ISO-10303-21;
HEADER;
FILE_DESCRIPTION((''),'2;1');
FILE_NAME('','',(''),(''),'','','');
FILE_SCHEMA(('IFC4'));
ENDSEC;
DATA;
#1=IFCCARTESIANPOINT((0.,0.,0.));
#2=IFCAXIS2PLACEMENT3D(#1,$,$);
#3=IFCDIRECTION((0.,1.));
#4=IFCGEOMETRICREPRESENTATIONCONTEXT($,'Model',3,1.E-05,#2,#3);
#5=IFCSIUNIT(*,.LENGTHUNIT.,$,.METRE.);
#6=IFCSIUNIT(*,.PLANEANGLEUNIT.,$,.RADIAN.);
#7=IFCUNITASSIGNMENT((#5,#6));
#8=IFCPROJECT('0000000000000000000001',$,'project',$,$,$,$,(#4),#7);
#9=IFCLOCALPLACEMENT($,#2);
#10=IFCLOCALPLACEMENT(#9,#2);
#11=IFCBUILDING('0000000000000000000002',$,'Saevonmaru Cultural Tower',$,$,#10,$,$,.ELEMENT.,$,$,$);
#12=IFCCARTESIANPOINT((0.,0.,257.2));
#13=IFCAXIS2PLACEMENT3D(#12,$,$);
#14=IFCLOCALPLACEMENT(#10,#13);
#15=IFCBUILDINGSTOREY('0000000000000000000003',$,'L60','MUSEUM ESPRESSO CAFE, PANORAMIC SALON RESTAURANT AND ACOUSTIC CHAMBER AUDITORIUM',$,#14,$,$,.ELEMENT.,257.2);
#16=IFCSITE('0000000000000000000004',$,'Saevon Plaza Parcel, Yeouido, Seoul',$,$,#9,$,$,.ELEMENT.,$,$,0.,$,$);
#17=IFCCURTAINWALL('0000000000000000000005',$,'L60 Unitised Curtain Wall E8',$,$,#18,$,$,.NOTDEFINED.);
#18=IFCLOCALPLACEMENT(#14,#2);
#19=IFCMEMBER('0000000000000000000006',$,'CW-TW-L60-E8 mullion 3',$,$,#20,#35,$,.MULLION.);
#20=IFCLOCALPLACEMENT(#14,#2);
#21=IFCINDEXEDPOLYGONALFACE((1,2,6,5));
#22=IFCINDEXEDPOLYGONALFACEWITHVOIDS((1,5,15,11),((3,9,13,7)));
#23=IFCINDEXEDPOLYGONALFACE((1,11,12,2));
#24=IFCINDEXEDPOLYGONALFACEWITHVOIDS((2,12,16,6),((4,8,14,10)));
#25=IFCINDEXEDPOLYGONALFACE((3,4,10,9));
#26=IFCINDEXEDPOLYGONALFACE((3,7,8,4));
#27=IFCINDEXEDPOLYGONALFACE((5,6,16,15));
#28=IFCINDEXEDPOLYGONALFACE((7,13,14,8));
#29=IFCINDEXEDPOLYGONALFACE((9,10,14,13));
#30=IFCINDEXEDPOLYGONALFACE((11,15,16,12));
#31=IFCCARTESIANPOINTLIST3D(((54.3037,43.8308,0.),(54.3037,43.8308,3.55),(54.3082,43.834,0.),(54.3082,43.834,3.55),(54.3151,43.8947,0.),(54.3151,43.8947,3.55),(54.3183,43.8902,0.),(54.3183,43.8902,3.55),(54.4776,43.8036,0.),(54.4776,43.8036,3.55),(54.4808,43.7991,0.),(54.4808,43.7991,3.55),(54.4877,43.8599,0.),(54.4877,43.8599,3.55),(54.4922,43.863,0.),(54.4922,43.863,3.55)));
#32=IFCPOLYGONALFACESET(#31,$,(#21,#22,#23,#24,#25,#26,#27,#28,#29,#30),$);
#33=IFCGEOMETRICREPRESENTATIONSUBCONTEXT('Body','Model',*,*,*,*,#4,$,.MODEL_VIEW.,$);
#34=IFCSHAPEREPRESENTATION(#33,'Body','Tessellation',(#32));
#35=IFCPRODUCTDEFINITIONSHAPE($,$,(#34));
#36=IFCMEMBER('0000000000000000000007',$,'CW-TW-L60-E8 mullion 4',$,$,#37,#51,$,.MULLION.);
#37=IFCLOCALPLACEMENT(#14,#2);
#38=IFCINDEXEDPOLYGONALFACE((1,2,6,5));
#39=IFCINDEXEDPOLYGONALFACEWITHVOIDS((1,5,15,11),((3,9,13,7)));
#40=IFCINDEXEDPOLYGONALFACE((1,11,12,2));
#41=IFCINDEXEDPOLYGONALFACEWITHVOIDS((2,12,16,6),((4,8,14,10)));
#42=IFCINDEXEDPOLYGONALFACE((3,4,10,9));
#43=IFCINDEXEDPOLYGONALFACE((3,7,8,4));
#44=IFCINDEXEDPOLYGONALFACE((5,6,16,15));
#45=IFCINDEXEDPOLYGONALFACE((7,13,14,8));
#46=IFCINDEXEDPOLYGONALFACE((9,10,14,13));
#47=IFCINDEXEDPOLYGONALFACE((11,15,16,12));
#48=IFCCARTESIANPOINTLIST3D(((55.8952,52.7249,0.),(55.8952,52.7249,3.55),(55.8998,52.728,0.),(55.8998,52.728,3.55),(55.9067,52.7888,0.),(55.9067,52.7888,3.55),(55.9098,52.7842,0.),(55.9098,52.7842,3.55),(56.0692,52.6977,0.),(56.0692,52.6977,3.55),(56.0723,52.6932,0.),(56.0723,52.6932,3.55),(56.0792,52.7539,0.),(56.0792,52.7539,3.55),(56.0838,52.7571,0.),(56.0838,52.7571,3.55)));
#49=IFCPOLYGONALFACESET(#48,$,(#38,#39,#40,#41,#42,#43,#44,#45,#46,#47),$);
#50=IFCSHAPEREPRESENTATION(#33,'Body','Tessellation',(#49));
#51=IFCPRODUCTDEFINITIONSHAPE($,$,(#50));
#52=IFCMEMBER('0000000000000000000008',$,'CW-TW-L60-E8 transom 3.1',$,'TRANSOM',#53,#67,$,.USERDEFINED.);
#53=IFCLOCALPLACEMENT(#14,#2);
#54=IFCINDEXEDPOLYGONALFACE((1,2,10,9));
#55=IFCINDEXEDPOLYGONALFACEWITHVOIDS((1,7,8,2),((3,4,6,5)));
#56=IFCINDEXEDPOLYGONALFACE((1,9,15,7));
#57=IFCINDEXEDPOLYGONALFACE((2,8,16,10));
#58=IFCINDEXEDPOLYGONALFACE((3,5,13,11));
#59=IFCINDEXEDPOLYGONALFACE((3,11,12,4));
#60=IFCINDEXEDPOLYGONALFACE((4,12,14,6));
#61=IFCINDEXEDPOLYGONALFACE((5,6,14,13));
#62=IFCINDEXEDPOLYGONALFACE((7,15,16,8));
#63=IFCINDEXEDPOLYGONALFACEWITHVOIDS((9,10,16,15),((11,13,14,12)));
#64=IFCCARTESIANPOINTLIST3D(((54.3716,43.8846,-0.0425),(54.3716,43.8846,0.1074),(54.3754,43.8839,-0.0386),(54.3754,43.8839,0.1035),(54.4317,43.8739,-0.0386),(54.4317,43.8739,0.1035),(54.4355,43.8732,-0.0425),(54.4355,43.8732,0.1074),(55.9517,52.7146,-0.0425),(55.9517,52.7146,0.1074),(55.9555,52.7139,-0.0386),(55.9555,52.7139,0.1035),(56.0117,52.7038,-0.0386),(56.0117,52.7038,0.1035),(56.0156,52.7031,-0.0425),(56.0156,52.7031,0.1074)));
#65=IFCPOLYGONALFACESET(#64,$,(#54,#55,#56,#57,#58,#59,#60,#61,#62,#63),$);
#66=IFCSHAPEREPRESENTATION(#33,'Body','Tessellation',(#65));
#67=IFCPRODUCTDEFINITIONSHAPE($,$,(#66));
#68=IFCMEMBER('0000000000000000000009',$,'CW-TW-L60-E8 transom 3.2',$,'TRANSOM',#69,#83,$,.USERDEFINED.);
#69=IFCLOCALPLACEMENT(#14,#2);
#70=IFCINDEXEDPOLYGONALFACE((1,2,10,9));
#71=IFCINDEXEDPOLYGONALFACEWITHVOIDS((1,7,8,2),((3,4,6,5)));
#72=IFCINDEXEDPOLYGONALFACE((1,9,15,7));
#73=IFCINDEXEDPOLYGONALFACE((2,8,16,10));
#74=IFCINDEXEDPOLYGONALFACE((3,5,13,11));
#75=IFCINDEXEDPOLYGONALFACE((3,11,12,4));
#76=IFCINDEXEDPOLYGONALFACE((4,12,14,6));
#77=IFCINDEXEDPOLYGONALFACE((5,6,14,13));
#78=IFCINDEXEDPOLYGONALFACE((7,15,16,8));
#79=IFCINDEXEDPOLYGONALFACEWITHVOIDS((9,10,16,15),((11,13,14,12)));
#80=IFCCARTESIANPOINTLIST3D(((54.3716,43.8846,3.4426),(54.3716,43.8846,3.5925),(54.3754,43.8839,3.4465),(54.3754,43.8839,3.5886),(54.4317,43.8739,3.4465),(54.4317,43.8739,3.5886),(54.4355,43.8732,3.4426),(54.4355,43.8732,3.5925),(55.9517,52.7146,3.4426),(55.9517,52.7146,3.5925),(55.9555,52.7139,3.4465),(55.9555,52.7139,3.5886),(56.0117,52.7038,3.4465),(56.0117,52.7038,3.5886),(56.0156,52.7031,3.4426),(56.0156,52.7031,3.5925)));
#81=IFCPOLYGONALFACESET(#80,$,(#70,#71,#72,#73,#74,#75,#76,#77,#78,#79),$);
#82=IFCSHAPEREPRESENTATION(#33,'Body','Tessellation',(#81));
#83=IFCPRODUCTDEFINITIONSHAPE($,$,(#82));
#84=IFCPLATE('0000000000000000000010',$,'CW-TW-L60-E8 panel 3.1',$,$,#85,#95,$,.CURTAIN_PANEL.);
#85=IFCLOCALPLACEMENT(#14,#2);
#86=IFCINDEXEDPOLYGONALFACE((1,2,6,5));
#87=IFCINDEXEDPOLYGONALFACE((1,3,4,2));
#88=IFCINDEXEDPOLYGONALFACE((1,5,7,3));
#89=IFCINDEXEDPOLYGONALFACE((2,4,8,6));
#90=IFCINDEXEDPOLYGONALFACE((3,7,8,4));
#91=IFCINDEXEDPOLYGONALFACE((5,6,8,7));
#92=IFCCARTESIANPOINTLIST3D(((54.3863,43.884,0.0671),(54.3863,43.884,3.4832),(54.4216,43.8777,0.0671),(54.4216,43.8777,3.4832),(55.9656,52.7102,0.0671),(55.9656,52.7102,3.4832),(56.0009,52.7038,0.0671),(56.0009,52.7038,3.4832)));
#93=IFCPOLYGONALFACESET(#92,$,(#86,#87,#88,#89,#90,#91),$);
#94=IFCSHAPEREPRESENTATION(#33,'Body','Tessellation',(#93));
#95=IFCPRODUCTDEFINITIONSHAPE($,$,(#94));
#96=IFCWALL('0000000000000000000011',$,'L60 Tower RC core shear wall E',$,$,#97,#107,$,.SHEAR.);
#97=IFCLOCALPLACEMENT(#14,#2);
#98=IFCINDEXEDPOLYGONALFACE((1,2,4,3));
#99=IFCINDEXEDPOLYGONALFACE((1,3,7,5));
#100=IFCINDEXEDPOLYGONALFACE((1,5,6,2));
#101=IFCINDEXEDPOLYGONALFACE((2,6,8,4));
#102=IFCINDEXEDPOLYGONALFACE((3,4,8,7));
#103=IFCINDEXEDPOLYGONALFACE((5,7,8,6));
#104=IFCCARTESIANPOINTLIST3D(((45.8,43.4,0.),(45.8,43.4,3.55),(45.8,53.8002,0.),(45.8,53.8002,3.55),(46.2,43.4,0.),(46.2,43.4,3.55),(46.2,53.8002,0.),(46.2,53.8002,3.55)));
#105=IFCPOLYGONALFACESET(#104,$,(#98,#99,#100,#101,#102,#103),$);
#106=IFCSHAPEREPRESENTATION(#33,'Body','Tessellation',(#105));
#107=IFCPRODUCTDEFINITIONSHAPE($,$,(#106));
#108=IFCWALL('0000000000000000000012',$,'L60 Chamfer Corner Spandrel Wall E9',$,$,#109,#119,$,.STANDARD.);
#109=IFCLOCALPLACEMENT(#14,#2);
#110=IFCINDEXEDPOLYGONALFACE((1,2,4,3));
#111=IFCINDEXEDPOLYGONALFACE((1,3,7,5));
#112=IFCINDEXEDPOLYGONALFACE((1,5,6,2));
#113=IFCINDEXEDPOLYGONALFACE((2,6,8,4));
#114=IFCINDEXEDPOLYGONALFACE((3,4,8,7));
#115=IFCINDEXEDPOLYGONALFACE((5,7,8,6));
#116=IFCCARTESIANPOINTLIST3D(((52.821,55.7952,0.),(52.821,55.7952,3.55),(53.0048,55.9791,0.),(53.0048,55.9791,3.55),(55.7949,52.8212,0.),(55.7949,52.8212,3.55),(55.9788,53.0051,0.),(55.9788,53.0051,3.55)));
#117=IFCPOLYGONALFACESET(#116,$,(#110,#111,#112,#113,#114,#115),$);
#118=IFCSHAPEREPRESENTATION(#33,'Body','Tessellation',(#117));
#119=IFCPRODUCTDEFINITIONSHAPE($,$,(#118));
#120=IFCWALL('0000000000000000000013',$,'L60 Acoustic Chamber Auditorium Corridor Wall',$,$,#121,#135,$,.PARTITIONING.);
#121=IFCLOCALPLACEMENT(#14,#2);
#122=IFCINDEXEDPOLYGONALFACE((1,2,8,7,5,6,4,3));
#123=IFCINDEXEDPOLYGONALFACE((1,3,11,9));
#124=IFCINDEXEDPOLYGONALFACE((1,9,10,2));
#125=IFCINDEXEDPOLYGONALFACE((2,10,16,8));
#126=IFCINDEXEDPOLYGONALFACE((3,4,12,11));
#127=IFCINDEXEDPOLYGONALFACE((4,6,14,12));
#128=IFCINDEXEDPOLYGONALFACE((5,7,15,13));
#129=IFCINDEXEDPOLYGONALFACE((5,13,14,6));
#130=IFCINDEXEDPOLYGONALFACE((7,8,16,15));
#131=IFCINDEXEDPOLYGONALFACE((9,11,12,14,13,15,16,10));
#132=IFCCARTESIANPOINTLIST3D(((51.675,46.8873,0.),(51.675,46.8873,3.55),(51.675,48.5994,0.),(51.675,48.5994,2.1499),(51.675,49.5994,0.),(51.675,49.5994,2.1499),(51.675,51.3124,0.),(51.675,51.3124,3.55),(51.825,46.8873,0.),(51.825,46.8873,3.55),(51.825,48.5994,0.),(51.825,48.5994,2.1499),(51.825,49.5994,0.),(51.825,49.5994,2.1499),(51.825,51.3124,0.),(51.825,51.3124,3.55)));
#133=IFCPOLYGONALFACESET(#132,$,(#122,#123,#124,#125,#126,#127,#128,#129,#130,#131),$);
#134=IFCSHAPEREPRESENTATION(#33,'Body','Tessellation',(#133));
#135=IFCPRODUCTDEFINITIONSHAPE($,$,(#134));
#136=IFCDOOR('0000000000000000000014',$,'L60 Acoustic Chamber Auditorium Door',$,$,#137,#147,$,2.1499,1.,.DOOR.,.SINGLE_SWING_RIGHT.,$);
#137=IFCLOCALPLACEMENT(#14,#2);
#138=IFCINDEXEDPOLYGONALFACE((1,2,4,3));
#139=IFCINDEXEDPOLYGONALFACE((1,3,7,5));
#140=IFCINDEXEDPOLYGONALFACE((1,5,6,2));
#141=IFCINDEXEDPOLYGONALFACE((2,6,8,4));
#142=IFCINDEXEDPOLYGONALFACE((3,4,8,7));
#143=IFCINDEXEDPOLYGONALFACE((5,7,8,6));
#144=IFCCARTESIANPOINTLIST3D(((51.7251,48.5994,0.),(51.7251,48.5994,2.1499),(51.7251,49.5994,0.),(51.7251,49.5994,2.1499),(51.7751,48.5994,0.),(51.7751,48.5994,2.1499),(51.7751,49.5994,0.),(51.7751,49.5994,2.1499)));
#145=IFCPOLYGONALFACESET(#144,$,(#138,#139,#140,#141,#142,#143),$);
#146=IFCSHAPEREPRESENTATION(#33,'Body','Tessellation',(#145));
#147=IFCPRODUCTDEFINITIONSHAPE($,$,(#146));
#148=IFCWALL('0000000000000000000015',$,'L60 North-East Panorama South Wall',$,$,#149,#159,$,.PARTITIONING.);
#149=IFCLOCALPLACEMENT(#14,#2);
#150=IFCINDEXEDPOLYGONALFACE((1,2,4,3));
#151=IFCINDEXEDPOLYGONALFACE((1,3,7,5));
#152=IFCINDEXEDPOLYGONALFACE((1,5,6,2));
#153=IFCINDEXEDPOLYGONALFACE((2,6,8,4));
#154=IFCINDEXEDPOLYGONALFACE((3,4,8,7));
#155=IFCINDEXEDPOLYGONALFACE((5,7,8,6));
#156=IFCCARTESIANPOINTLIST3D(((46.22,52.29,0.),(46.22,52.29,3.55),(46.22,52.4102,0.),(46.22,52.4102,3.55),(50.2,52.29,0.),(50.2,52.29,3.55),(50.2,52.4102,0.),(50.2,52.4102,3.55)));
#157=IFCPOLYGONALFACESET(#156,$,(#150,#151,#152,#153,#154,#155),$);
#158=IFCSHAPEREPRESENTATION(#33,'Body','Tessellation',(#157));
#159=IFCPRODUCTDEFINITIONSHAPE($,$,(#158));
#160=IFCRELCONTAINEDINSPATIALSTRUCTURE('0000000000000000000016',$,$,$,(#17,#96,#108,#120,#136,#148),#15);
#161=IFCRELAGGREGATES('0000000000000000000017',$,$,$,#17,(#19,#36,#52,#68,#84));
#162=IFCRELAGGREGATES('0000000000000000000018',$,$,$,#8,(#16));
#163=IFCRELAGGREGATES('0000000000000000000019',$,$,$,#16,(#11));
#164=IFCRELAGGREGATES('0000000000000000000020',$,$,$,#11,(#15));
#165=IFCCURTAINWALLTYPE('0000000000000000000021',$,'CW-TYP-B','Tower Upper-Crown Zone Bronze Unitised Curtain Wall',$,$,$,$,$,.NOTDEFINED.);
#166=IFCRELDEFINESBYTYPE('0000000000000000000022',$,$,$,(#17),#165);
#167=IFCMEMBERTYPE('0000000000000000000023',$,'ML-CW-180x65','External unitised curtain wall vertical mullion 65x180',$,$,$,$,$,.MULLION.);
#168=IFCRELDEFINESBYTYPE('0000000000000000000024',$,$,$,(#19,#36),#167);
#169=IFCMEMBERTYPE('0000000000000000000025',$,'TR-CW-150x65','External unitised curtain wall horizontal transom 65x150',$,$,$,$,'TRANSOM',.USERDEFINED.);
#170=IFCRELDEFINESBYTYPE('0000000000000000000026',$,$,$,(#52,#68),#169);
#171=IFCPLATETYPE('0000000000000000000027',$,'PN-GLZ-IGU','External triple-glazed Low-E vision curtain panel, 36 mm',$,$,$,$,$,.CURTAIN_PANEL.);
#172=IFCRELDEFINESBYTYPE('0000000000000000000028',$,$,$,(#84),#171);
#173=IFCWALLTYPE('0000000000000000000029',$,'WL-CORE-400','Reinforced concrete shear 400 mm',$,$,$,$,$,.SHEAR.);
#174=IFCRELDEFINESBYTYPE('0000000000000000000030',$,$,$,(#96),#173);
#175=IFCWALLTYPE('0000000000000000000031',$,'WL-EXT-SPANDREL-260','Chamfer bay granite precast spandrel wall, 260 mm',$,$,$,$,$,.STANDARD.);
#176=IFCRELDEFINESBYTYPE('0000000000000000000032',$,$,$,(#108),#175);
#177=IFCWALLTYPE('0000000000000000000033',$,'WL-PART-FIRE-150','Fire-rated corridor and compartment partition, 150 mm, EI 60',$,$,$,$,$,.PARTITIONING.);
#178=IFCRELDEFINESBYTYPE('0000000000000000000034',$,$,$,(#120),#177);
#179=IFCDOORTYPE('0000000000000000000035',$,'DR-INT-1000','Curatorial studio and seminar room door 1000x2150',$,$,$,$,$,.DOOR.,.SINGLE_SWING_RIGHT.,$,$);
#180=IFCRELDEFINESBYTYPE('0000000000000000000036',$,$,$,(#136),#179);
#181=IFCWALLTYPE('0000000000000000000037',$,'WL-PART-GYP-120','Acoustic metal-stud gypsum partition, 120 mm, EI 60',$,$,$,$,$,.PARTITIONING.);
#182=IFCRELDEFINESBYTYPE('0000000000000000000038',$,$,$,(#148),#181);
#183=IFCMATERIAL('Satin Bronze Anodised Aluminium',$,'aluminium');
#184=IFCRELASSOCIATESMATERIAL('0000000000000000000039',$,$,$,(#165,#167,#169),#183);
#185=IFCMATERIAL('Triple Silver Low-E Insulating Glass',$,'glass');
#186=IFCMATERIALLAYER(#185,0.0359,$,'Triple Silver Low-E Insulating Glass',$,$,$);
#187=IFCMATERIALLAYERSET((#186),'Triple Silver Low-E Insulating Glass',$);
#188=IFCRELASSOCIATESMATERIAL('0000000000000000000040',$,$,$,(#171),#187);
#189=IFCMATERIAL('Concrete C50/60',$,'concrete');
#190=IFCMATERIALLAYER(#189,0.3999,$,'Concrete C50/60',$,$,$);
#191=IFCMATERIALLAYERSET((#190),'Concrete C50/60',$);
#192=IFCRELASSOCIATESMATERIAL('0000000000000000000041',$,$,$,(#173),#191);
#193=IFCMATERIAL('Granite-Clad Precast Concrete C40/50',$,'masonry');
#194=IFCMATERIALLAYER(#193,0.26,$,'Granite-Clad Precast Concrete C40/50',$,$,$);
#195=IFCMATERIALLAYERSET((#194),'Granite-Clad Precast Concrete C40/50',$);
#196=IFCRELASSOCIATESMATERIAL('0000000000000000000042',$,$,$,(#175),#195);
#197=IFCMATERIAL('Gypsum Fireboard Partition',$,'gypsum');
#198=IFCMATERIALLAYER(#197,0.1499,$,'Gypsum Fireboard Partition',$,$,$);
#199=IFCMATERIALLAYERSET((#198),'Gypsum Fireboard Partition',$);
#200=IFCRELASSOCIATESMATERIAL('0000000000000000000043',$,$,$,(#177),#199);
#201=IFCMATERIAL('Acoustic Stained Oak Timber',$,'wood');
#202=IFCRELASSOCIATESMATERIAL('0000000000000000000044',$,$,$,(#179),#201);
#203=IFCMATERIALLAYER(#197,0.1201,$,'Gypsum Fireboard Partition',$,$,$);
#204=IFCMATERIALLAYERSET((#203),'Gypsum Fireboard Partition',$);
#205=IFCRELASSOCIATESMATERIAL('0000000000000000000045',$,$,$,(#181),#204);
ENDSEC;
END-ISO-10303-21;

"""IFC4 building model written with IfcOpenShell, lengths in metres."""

from ifc_helpers import new_model, si_unit, direction, frame, frame_2d, origin, origin_2d, place, context, subcontext, project, spatial, rectangle, hollow_rectangle, extrude, material, layer, layer_set, material_profile, profile_set, type_object, element, fill, aggregate, save


model = new_model("IFC4")

# Units and contexts
model_context = context("Model", 3, precision=1e-05, world=origin(), true_north=direction((0.0, 1.0)))
body_context = subcontext(model_context, "Body", "Model", "MODEL_VIEW")
ifc_project = project(units=[si_unit("LENGTHUNIT", "METRE"), si_unit("PLANEANGLEUNIT", "RADIAN")], contexts=[model_context])

# Site, building, storey
site_placement = place(None, origin())
site = spatial("IfcSite", under=ifc_project, at=site_placement, Name="Saevon Plaza Parcel, Yeouido, Seoul", CompositionType="ELEMENT", RefElevation=0.0)
building_placement = place(site_placement, origin())
building = spatial("IfcBuilding", under=site, at=building_placement, Name="Saevonmaru Cultural Tower", CompositionType="ELEMENT")
storey_placement = place(building_placement, frame((0.0, 0.0, 257.2)))
storey = spatial("IfcBuildingStorey", under=building, at=storey_placement, Name="L60", Description="MUSEUM ESPRESSO CAFE, PANORAMIC SALON RESTAURANT AND ACOUSTIC CHAMBER AUDITORIUM", CompositionType="ELEMENT", Elevation=257.2)

# Curtain wall, members, plate
ifc_material_1 = material(Name="Satin Bronze Anodised Aluminium", Category="aluminium")
curtain_wall_type = type_object("IfcCurtainWallType", Name="CW-TYP-B", Description="Tower Upper-Crown Zone Bronze Unitised Curtain Wall", PredefinedType="NOTDEFINED", material=ifc_material_1)
curtain_wall_placement = place(storey_placement, origin())
curtain_wall = element("IfcCurtainWall", 1, at=curtain_wall_placement, inside=storey, type_object=curtain_wall_type, Name="L60 Unitised Curtain Wall E8", PredefinedType="NOTDEFINED")
ifc_material_profile_1 = material_profile(ifc_material_1, hollow_rectangle(XDim=0.0649, YDim=0.1799, WallThickness=0.0039, at=origin_2d()), Name="ALU-MULL-180x65x4")
ifc_profile_set_1 = profile_set([ifc_material_profile_1], Name="Satin Bronze Anodised Aluminium")
member_type_1 = type_object("IfcMemberType", Name="ML-CW-180x65", Description="External unitised curtain wall vertical mullion 65x180", PredefinedType="MULLION", material=ifc_profile_set_1)
member_1_placement = place(storey_placement, frame((54.3979, 43.8469, 0.0), z_axis=(0.0, 0.0, 1.0), x_axis=(0.176141, 0.984365, 0.0)))
member_1 = element("IfcMember", 2, at=member_1_placement, type_object=member_type_1, Name="CW-TW-L60-E8 mullion 3", PredefinedType="MULLION", context=body_context, shape_type="SweptSolid", body=[
    extrude(hollow_rectangle(XDim=0.0649, YDim=0.1799, WallThickness=0.0039, at=origin_2d()), origin(), (0.0, 0.0, 1.0), 3.55),
])
member_2_placement = place(storey_placement, frame((55.9895, 52.741, 0.0), z_axis=(0.0, 0.0, 1.0), x_axis=(0.176141, 0.984365, 0.0)))
member_2 = element("IfcMember", 3, at=member_2_placement, type_object=member_type_1, Name="CW-TW-L60-E8 mullion 4", PredefinedType="MULLION", context=body_context, shape_type="SweptSolid", body=[
    extrude(hollow_rectangle(XDim=0.0649, YDim=0.1799, WallThickness=0.0039, at=origin_2d()), origin(), (0.0, 0.0, 1.0), 3.55),
])
ifc_material_profile_2 = material_profile(ifc_material_1, hollow_rectangle(XDim=0.0649, YDim=0.1499, WallThickness=0.0039, at=origin_2d()), Name="ALU-TRAN-150x65x4")
ifc_profile_set_2 = profile_set([ifc_material_profile_2], Name="Satin Bronze Anodised Aluminium")
member_type_2 = type_object("IfcMemberType", Name="TR-CW-150x65", Description="External unitised curtain wall horizontal transom 65x150", ElementType="TRANSOM", PredefinedType="USERDEFINED", material=ifc_profile_set_2)
member_3_placement = place(storey_placement, frame((54.4036, 43.8789, 0.0325), z_axis=(0.176145, 0.984364, 0.0), x_axis=(-0.984364, 0.176145, 0.0)))
member_3 = element("IfcMember", 4, at=member_3_placement, type_object=member_type_2, Name="CW-TW-L60-E8 transom 3.1", ObjectType="TRANSOM", PredefinedType="USERDEFINED", context=body_context, shape_type="SweptSolid", body=[
    extrude(hollow_rectangle(XDim=0.0649, YDim=0.1499, WallThickness=0.0039, at=origin_2d()), origin(), (0.0, 0.0, 1.0), 8.9702),
])
member_4_placement = place(storey_placement, frame((54.4036, 43.8789, 3.5176), z_axis=(0.176145, 0.984364, 0.0), x_axis=(-0.984364, 0.176145, 0.0)))
member_4 = element("IfcMember", 5, at=member_4_placement, type_object=member_type_2, Name="CW-TW-L60-E8 transom 3.2", ObjectType="TRANSOM", PredefinedType="USERDEFINED", context=body_context, shape_type="SweptSolid", body=[
    extrude(hollow_rectangle(XDim=0.0649, YDim=0.1499, WallThickness=0.0039, at=origin_2d()), origin(), (0.0, 0.0, 1.0), 8.9702),
])
ifc_material_2 = material(Name="Triple Silver Low-E Insulating Glass", Category="glass")
ifc_layer_1 = layer(ifc_material_2, 0.0359, Name="Triple Silver Low-E Insulating Glass")
ifc_layer_set_1 = layer_set([ifc_layer_1], Name="Triple Silver Low-E Insulating Glass")
plate_type = type_object("IfcPlateType", Name="PN-GLZ-IGU", Description="External triple-glazed Low-E vision curtain panel, 36 mm", PredefinedType="CURTAIN_PANEL", material=ifc_layer_set_1)
plate_placement = place(storey_placement, frame((55.1936, 48.2939, 0.0671), z_axis=(0.0, 0.0, 1.0), x_axis=(0.176141, 0.984365, 0.0)))
plate = element("IfcPlate", 6, at=plate_placement, type_object=plate_type, Name="CW-TW-L60-E8 panel 3.1", PredefinedType="CURTAIN_PANEL", context=body_context, shape_type="SweptSolid", body=[
    extrude(rectangle(XDim=8.9663, YDim=0.0359, at=origin_2d()), origin(), (0.0, 0.0, 1.0), 3.416),
])
aggregate(curtain_wall, [member_1, member_2, member_3, member_4, plate])

# Walls
ifc_material_3 = material(Name="Concrete C50/60", Category="concrete")
ifc_layer_2 = layer(ifc_material_3, 0.3999, Name="Concrete C50/60")
ifc_layer_set_2 = layer_set([ifc_layer_2], Name="Concrete C50/60")
wall_type_1 = type_object("IfcWallType", Name="WL-CORE-400", Description="Reinforced concrete shear 400 mm", PredefinedType="SHEAR", material=ifc_layer_set_2)
wall_1_placement = place(storey_placement, frame((46.0, 43.3999, 0.0), z_axis=(0.0, 0.0, 1.0), x_axis=(0.0, 1.0, 0.0)))
element("IfcWall", 7, at=wall_1_placement, inside=storey, type_object=wall_type_1, Name="L60 Tower RC core shear wall E", PredefinedType="SHEAR", context=body_context, shape_type="SweptSolid", body=[
    extrude(rectangle(XDim=10.4001, YDim=0.3999, at=frame_2d((5.2002, 0.0))), origin(), (0.0, 0.0, 1.0), 3.55),
])
ifc_material_4 = material(Name="Granite-Clad Precast Concrete C40/50", Category="masonry")
ifc_layer_3 = layer(ifc_material_4, 0.26, Name="Granite-Clad Precast Concrete C40/50")
ifc_layer_set_3 = layer_set([ifc_layer_3], Name="Granite-Clad Precast Concrete C40/50")
wall_type_2 = type_object("IfcWallType", Name="WL-EXT-SPANDREL-260", Description="Chamfer bay granite precast spandrel wall, 260 mm", PredefinedType="STANDARD", material=ifc_layer_set_3)
wall_2_placement = place(storey_placement, frame((55.887, 52.9131, 0.0), z_axis=(0.0, 0.0, 1.0), x_axis=(-0.707107, 0.707107, 0.0)))
element("IfcWall", 8, at=wall_2_placement, inside=storey, type_object=wall_type_2, Name="L60 Chamfer Corner Spandrel Wall E9", PredefinedType="STANDARD", context=body_context, shape_type="SweptSolid", body=[
    extrude(rectangle(XDim=4.2058, YDim=0.26, at=frame_2d((2.103, 0.0))), origin(), (0.0, 0.0, 1.0), 3.55),
])

# Wall, opening, door
ifc_material_5 = material(Name="Gypsum Fireboard Partition", Category="gypsum")
ifc_layer_4 = layer(ifc_material_5, 0.1499, Name="Gypsum Fireboard Partition")
ifc_layer_set_4 = layer_set([ifc_layer_4], Name="Gypsum Fireboard Partition")
wall_type_3 = type_object("IfcWallType", Name="WL-PART-FIRE-150", Description="Fire-rated corridor and compartment partition, 150 mm, EI 60", PredefinedType="PARTITIONING", material=ifc_layer_set_4)
wall_3_placement = place(storey_placement, frame((51.75, 46.8875, 0.0), z_axis=(0.0, 0.0, 1.0), x_axis=(0.0, 1.0, 0.0)))
wall_3 = element("IfcWall", 9, at=wall_3_placement, inside=storey, type_object=wall_type_3, Name="L60 Acoustic Chamber Auditorium Corridor Wall", PredefinedType="PARTITIONING", context=body_context, shape_type="SweptSolid", body=[
    extrude(rectangle(XDim=4.425, YDim=0.1499, at=frame_2d((2.2124, 0.0))), origin(), (0.0, 0.0, 1.0), 3.55),
])
opening_1_placement = place(wall_3_placement, frame((1.7119, 0.0, 0.0)))
opening_1 = element("IfcOpeningElement", 10, at=opening_1_placement, cuts=wall_3, PredefinedType="OPENING", context=body_context, shape_type="SweptSolid", body=[
    extrude(rectangle(XDim=1.0, YDim=2.1499, at=frame_2d((0.5, 1.075))), frame((0.0, 0.085, 0.0), z_axis=(0.0, -1.0, 0.0), x_axis=(1.0, 0.0, 0.0)), (0.0, 0.0, 1.0), 0.1699),
])
ifc_material_6 = material(Name="Acoustic Stained Oak Timber", Category="wood")
door_type_1 = type_object("IfcDoorType", Name="DR-INT-1000", Description="Curatorial studio and seminar room door 1000x2150", OperationType="SINGLE_SWING_RIGHT", PredefinedType="DOOR", material=ifc_material_6)
door_1_placement = place(opening_1_placement, origin())
door_1 = element("IfcDoor", 11, at=door_1_placement, inside=storey, type_object=door_type_1, Name="L60 Acoustic Chamber Auditorium Door", OperationType="SINGLE_SWING_RIGHT", OverallHeight=2.1499, OverallWidth=1.0, PredefinedType="DOOR", context=body_context, shape_type="SweptSolid", body=[
    extrude(rectangle(XDim=1.0, YDim=2.1499, at=frame_2d((0.5, 1.075))), frame((0.0, 0.0249, 0.0), z_axis=(0.0, -1.0, 0.0), x_axis=(1.0, 0.0, 0.0)), (0.0, 0.0, 1.0), 0.05),
])
fill(opening_1, door_1)

# Wall
ifc_layer_5 = layer(ifc_material_5, 0.1201, Name="Gypsum Fireboard Partition")
ifc_layer_set_5 = layer_set([ifc_layer_5], Name="Gypsum Fireboard Partition")
wall_type_4 = type_object("IfcWallType", Name="WL-PART-GYP-120", Description="Acoustic metal-stud gypsum partition, 120 mm, EI 60", PredefinedType="PARTITIONING", material=ifc_layer_set_5)
wall_4_placement = place(storey_placement, frame((46.22, 52.3501, 0.0), z_axis=(0.0, 0.0, 1.0), x_axis=(1.0, 0.0, 0.0)))
element("IfcWall", 12, at=wall_4_placement, inside=storey, type_object=wall_type_4, Name="L60 North-East Panorama South Wall", PredefinedType="PARTITIONING", context=body_context, shape_type="SweptSolid", body=[
    extrude(rectangle(XDim=3.98, YDim=0.1201, at=frame_2d((1.99, 0.0))), origin(), (0.0, 0.0, 1.0), 3.55),
])

save(model, "model.ifc")
